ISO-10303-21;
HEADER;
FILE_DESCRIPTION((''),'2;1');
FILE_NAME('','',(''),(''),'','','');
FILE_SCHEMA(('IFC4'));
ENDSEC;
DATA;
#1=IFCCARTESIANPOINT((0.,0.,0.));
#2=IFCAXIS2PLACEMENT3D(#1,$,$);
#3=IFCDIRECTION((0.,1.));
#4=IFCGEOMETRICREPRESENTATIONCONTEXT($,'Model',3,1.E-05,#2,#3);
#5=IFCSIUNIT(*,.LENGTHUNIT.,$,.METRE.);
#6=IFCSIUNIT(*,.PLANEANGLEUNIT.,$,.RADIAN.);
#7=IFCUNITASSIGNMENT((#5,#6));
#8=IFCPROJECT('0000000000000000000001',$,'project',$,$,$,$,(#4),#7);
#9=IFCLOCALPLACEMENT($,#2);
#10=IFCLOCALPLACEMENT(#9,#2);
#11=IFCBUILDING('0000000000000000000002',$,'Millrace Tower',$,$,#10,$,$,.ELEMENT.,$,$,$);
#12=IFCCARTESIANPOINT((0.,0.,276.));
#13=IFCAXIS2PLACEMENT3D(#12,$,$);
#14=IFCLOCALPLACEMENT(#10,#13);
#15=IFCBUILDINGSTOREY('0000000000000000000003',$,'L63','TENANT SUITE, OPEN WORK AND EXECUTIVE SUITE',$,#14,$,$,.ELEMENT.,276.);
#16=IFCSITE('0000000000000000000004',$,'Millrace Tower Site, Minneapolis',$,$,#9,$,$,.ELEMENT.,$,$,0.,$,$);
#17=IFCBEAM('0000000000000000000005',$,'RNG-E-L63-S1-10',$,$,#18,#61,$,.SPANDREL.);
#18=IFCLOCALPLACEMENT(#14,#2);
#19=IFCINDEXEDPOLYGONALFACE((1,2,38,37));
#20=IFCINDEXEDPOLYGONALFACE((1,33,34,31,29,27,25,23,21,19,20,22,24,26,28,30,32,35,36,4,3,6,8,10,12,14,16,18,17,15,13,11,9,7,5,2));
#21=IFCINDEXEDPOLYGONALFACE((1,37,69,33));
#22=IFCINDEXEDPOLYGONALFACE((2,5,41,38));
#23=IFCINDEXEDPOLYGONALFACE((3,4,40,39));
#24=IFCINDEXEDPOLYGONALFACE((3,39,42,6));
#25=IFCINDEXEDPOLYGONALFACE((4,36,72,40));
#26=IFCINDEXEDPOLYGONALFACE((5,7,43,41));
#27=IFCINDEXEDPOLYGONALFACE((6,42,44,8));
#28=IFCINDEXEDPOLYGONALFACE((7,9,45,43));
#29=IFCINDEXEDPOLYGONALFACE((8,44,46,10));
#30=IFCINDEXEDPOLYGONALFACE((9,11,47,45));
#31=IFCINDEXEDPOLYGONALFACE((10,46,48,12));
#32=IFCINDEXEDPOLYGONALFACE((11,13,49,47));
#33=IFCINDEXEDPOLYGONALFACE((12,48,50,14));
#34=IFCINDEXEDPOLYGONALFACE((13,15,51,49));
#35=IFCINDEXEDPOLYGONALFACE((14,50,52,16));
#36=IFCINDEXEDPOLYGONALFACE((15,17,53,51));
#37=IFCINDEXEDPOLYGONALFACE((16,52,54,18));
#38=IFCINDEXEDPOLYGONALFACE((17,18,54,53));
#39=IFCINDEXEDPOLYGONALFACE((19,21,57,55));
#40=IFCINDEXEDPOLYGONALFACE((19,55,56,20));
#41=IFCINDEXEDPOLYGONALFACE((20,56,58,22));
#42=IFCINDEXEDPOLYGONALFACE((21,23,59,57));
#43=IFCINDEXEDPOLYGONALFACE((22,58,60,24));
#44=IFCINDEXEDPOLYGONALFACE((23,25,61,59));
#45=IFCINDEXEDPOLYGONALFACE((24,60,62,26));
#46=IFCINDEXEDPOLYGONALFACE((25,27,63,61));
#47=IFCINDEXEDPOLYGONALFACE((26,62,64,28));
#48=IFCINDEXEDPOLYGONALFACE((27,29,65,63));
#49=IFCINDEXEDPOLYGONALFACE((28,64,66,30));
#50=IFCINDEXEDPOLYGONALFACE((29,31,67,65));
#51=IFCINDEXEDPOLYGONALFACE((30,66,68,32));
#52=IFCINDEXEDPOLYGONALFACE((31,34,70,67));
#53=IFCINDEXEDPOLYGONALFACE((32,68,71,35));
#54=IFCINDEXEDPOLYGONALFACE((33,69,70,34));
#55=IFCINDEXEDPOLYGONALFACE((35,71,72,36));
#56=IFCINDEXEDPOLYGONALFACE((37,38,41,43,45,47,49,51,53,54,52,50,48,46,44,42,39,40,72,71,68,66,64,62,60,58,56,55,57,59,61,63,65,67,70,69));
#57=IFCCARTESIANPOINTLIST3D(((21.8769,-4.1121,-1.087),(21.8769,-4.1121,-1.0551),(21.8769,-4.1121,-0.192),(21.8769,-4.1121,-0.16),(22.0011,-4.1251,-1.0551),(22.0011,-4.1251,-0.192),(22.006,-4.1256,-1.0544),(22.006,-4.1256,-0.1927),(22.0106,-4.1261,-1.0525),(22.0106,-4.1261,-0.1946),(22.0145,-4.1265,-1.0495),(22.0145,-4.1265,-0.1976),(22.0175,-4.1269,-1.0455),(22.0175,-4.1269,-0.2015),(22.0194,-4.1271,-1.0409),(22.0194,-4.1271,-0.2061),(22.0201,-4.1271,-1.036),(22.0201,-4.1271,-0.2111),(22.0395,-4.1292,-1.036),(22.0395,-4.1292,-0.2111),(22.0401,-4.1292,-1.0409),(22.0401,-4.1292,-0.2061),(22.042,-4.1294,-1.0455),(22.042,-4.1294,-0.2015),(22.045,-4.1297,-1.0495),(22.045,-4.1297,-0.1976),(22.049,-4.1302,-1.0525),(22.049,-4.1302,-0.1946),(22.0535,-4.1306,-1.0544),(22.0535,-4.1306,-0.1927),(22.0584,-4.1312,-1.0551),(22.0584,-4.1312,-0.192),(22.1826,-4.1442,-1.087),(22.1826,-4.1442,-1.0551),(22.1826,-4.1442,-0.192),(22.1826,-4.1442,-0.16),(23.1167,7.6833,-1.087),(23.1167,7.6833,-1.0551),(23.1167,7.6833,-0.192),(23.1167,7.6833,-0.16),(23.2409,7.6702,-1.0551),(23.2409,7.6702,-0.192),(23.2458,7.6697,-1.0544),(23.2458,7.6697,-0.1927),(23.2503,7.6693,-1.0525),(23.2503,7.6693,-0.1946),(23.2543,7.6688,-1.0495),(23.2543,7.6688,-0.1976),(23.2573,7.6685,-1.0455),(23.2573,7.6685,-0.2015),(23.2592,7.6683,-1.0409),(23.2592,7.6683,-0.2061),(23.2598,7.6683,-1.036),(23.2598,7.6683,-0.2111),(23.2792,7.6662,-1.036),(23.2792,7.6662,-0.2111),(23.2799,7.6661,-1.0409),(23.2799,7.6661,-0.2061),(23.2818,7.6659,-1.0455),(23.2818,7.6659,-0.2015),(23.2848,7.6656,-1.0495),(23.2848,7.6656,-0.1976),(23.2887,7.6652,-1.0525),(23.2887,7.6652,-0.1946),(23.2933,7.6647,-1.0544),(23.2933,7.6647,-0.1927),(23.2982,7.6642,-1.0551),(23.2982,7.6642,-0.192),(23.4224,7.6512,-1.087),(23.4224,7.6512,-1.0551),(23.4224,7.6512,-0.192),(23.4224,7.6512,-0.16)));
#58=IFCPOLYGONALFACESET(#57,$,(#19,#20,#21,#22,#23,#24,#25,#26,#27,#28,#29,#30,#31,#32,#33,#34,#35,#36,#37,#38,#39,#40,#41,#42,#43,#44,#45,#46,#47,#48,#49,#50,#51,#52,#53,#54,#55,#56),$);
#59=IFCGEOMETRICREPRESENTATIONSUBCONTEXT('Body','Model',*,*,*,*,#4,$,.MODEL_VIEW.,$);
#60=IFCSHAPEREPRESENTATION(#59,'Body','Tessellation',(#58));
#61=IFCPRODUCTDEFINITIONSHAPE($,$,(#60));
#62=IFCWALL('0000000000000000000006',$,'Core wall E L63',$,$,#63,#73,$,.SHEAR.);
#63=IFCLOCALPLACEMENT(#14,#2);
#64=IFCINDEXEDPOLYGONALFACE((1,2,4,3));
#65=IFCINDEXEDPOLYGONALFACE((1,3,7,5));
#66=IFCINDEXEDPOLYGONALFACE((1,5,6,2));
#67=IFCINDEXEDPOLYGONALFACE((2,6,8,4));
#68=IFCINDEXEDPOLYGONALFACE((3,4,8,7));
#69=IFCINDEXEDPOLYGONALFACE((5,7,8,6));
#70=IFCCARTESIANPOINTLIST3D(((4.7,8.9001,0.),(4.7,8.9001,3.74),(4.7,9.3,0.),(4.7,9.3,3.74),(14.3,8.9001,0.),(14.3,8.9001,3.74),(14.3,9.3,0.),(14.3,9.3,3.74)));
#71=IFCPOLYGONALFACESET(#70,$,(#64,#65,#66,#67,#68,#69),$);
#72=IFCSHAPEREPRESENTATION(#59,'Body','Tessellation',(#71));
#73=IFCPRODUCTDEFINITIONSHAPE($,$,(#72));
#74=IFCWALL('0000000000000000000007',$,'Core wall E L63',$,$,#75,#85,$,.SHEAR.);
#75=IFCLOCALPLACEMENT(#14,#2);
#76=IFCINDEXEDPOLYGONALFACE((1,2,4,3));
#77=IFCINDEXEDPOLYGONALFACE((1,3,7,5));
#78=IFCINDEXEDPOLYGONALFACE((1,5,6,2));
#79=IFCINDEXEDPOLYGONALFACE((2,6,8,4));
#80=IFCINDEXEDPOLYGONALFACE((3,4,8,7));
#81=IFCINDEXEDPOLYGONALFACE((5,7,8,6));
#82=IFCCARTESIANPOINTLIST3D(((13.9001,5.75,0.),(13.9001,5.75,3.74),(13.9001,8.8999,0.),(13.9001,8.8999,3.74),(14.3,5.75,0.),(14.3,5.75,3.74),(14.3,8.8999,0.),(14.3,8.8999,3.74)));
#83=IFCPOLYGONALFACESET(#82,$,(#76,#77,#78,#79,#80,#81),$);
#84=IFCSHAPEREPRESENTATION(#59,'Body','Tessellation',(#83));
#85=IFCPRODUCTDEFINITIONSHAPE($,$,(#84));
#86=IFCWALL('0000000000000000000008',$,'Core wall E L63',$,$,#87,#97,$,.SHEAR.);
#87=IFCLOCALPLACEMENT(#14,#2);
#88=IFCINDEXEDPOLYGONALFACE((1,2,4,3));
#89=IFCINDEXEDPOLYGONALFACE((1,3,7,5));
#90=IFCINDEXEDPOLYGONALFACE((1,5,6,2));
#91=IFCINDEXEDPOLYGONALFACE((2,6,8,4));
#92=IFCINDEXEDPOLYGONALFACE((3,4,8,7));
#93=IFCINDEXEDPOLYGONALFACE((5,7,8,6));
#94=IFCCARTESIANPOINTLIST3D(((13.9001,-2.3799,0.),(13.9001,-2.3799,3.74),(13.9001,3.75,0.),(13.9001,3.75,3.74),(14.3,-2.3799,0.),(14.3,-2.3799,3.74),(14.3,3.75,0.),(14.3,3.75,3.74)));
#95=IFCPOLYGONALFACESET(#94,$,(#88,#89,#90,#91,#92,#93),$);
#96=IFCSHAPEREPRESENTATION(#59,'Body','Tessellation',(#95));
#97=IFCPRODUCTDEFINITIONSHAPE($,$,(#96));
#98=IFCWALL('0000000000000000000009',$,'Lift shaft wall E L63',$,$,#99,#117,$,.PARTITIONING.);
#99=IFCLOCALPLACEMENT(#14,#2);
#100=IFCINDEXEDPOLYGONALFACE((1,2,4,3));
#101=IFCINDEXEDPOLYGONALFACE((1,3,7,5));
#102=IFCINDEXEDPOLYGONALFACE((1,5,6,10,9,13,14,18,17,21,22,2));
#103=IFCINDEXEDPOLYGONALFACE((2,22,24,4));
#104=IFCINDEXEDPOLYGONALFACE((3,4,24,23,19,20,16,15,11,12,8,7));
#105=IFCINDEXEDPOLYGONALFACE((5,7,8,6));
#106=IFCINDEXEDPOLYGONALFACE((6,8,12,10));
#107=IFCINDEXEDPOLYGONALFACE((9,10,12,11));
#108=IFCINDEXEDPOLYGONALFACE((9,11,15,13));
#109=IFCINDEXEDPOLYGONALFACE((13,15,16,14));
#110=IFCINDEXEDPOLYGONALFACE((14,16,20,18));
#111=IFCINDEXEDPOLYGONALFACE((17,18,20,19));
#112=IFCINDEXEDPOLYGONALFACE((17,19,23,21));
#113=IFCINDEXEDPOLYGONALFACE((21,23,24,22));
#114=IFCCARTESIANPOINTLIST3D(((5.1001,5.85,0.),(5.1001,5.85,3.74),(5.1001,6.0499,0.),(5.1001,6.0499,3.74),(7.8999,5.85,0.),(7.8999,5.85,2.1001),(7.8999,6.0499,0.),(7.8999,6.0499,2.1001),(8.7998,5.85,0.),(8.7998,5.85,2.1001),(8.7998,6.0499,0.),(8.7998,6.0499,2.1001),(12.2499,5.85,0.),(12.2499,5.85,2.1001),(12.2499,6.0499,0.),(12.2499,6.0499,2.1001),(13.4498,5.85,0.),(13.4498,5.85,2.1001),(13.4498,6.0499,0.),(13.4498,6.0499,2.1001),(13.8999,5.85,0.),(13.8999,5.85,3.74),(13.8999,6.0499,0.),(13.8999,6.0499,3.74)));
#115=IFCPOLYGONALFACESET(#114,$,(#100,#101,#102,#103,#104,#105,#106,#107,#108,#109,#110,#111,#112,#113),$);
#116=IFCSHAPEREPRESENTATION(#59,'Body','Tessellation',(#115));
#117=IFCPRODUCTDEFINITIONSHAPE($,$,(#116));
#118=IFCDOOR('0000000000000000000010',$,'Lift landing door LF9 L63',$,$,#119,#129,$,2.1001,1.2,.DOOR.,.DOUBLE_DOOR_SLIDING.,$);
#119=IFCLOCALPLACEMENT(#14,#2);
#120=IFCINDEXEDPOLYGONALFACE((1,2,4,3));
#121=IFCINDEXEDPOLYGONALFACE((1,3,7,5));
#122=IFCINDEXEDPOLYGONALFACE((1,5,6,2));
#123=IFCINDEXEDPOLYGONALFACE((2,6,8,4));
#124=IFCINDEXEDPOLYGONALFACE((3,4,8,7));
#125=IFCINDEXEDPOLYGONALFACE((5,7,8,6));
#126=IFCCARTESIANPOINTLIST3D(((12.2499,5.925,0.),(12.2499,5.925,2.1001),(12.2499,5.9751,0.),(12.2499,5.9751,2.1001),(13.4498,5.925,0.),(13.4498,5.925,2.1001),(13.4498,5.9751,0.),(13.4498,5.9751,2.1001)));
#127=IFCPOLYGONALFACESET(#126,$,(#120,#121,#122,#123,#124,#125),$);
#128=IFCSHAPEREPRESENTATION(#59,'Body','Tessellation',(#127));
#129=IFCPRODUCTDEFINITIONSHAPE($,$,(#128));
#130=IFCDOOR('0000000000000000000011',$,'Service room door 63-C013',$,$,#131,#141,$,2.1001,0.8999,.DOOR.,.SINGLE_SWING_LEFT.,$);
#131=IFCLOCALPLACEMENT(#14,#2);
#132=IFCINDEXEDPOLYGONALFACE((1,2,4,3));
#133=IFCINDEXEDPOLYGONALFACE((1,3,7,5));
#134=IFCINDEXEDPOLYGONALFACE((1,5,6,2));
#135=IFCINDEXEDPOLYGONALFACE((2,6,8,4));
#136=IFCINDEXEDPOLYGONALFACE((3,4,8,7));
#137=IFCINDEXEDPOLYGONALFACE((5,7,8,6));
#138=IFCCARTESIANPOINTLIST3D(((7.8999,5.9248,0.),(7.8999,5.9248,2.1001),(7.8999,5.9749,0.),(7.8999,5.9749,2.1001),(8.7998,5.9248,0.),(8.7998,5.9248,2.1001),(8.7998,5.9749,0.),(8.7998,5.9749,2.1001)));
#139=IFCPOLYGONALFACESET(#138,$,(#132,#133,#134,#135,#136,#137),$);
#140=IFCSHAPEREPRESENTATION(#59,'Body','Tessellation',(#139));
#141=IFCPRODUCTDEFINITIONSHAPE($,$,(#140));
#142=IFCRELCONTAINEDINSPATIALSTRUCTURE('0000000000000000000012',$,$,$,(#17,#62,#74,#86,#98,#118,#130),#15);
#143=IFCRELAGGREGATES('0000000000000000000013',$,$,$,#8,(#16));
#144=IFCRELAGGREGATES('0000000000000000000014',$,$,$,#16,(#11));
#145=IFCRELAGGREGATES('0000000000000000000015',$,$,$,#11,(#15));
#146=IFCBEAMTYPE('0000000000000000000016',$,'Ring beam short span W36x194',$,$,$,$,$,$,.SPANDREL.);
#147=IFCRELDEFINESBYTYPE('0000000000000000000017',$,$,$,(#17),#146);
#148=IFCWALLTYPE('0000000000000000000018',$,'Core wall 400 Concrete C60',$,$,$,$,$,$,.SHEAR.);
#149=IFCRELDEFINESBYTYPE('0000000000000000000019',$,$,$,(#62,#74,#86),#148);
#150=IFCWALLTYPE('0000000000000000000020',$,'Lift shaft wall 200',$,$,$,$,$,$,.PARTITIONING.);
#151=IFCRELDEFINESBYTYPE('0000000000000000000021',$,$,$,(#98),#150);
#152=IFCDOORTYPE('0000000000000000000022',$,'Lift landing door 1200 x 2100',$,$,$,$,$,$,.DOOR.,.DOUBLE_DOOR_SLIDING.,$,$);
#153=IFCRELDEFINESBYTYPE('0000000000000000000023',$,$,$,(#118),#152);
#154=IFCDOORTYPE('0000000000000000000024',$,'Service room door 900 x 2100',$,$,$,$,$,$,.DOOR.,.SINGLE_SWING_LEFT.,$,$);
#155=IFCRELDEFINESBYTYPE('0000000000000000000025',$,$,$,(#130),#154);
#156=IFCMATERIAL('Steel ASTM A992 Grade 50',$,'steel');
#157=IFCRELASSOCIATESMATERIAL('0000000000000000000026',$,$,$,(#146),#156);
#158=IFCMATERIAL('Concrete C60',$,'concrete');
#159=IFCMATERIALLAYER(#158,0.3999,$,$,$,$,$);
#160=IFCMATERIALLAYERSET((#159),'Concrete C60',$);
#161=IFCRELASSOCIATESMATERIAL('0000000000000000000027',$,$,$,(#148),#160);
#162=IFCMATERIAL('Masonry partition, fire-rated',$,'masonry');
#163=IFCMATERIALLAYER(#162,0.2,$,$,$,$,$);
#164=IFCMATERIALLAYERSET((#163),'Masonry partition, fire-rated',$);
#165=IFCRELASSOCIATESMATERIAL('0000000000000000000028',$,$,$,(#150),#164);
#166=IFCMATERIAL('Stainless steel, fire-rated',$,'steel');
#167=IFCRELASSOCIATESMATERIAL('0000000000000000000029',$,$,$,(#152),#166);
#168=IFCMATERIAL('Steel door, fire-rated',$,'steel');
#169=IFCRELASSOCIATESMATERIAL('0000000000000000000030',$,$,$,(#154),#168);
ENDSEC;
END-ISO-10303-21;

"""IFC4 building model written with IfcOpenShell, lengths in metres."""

from ifc_helpers import new_model, si_unit, direction, frame, frame_2d, origin, origin_2d, place, context, subcontext, project, spatial, rectangle, i_section, extrude, material, layer, layer_set, material_profile, profile_set, type_object, element, fill, save


model = new_model("IFC4")

# Units and contexts
model_context = context("Model", 3, precision=1e-05, world=origin(), true_north=direction((0.0, 1.0)))
body_context = subcontext(model_context, "Body", "Model", "MODEL_VIEW")
ifc_project = project(units=[si_unit("LENGTHUNIT", "METRE"), si_unit("PLANEANGLEUNIT", "RADIAN")], contexts=[model_context])

# Site, building, storey
site_placement = place(None, origin())
site = spatial("IfcSite", under=ifc_project, at=site_placement, Name="Millrace Tower Site, Minneapolis", CompositionType="ELEMENT", RefElevation=0.0)
building_placement = place(site_placement, origin())
building = spatial("IfcBuilding", under=site, at=building_placement, Name="Millrace Tower", CompositionType="ELEMENT")
storey_placement = place(building_placement, frame((0.0, 0.0, 276.0)))
storey = spatial("IfcBuildingStorey", under=building, at=storey_placement, Name="L63", Description="TENANT SUITE, OPEN WORK AND EXECUTIVE SUITE", CompositionType="ELEMENT", Elevation=276.0)

# Beam
ifc_material_1 = material(Name="Steel ASTM A992 Grade 50", Category="steel")
ifc_material_profile_1 = material_profile(ifc_material_1, i_section(OverallWidth=0.3074, OverallDepth=0.927, WebThickness=0.0195, FlangeThickness=0.032, FilletRadius=0.019, at=origin_2d()))
ifc_profile_set_1 = profile_set([ifc_material_profile_1], Name="Steel ASTM A992 Grade 50")
beam_type_1 = type_object("IfcBeamType", Name="Ring beam short span W36x194", PredefinedType="SPANDREL", material=ifc_profile_set_1)
beam_1_placement = place(storey_placement, frame((23.2695, 7.6672, -0.6235), z_axis=(-0.104528, -0.994522, 0.0), x_axis=(0.994522, -0.104528, 0.0)))
element("IfcBeam", 1, at=beam_1_placement, inside=storey, type_object=beam_type_1, Name="RNG-E-L63-S1-10", PredefinedType="SPANDREL", context=body_context, shape_type="SweptSolid", body=[
    extrude(i_section(OverallWidth=0.3074, OverallDepth=0.927, WebThickness=0.0195, FlangeThickness=0.032, FilletRadius=0.019, at=origin_2d()), origin(), (0.0, 0.0, 1.0), 11.8604),
])

# Walls
ifc_material_2 = material(Name="Concrete C60", Category="concrete")
ifc_layer_1 = layer(ifc_material_2, 0.3999)
ifc_layer_set_1 = layer_set([ifc_layer_1], Name="Concrete C60")
wall_type_1 = type_object("IfcWallType", Name="Core wall 400 Concrete C60", PredefinedType="SHEAR", material=ifc_layer_set_1)
wall_1_placement = place(storey_placement, frame((14.3, 9.1001, 0.0), z_axis=(0.0, 0.0, 1.0), x_axis=(-1.0, 0.0, 0.0)))
element("IfcWall", 2, at=wall_1_placement, inside=storey, type_object=wall_type_1, Name="Core wall E L63", PredefinedType="SHEAR", context=body_context, shape_type="SweptSolid", body=[
    extrude(rectangle(XDim=9.6001, YDim=0.3999, at=frame_2d((4.8, 0.0))), origin(), (0.0, 0.0, 1.0), 3.74),
])
wall_2_placement = place(storey_placement, frame((14.1001, 8.8999, 0.0), z_axis=(0.0, 0.0, 1.0), x_axis=(0.0, -1.0, 0.0)))
element("IfcWall", 3, at=wall_2_placement, inside=storey, type_object=wall_type_1, Name="Core wall E L63", PredefinedType="SHEAR", context=body_context, shape_type="SweptSolid", body=[
    extrude(rectangle(XDim=3.1499, YDim=0.3999, at=frame_2d((1.575, 0.0))), origin(), (0.0, 0.0, 1.0), 3.74),
])
wall_3_placement = place(storey_placement, frame((14.1001, 3.75, 0.0), z_axis=(0.0, 0.0, 1.0), x_axis=(0.0, -1.0, 0.0)))
element("IfcWall", 4, at=wall_3_placement, inside=storey, type_object=wall_type_1, Name="Core wall E L63", PredefinedType="SHEAR", context=body_context, shape_type="SweptSolid", body=[
    extrude(rectangle(XDim=6.1299, YDim=0.3999, at=frame_2d((3.0649, 0.0))), origin(), (0.0, 0.0, 1.0), 3.74),
])

# Wall, openings, doors
ifc_material_3 = material(Name="Masonry partition, fire-rated", Category="masonry")
ifc_layer_2 = layer(ifc_material_3, 0.2)
ifc_layer_set_2 = layer_set([ifc_layer_2], Name="Masonry partition, fire-rated")
wall_type_2 = type_object("IfcWallType", Name="Lift shaft wall 200", PredefinedType="PARTITIONING", material=ifc_layer_set_2)
wall_4_placement = place(storey_placement, frame((13.8999, 5.95, 0.0), z_axis=(0.0, 0.0, 1.0), x_axis=(-1.0, 0.0, 0.0)))
wall_4 = element("IfcWall", 5, at=wall_4_placement, inside=storey, type_object=wall_type_2, Name="Lift shaft wall E L63", PredefinedType="PARTITIONING", context=body_context, shape_type="SweptSolid", body=[
    extrude(rectangle(XDim=8.7998, YDim=0.2, at=frame_2d((4.3999, 0.0))), origin(), (0.0, 0.0, 1.0), 3.74),
])
opening_1_placement = place(wall_4_placement, frame((0.45, 0.0, 0.0)))
opening_1 = element("IfcOpeningElement", 6, at=opening_1_placement, cuts=wall_4, PredefinedType="OPENING", context=body_context, shape_type="SweptSolid", body=[
    extrude(rectangle(XDim=1.2, YDim=2.1001, at=frame_2d((0.6001, 1.05))), frame((0.0, 0.1099, 0.0), z_axis=(0.0, -1.0, 0.0), x_axis=(1.0, 0.0, 0.0)), (0.0, 0.0, 1.0), 0.22),
])
opening_2_placement = place(wall_4_placement, frame((5.1001, 0.0, 0.0)))
opening_2 = element("IfcOpeningElement", 7, at=opening_2_placement, cuts=wall_4, PredefinedType="OPENING", context=body_context, shape_type="SweptSolid", body=[
    extrude(rectangle(XDim=0.8999, YDim=2.1001, at=frame_2d((0.45, 1.05))), frame((0.0, 0.1099, 0.0), z_axis=(0.0, -1.0, 0.0), x_axis=(1.0, 0.0, 0.0)), (0.0, 0.0, 1.0), 0.22),
])
ifc_material_4 = material(Name="Stainless steel, fire-rated", Category="steel")
door_type_1 = type_object("IfcDoorType", Name="Lift landing door 1200 x 2100", OperationType="DOUBLE_DOOR_SLIDING", PredefinedType="DOOR", material=ifc_material_4)
door_1_placement = place(opening_1_placement, origin())
door_1 = element("IfcDoor", 8, at=door_1_placement, inside=storey, type_object=door_type_1, Name="Lift landing door LF9 L63", OperationType="DOUBLE_DOOR_SLIDING", OverallHeight=2.1001, OverallWidth=1.2, PredefinedType="DOOR", context=body_context, shape_type="SweptSolid", body=[
    extrude(rectangle(XDim=1.2, YDim=2.1001, at=frame_2d((0.6001, 1.05))), frame((0.0, 0.0249, 0.0), z_axis=(0.0, -1.0, 0.0), x_axis=(1.0, 0.0, 0.0)), (0.0, 0.0, 1.0), 0.05),
])
fill(opening_1, door_1)
ifc_material_5 = material(Name="Steel door, fire-rated", Category="steel")
door_type_2 = type_object("IfcDoorType", Name="Service room door 900 x 2100", OperationType="SINGLE_SWING_LEFT", PredefinedType="DOOR", material=ifc_material_5)
door_2_placement = place(opening_2_placement, frame((0.8999, 0.0, 0.0), z_axis=(0.0, 0.0, 1.0), x_axis=(-1.0, 0.0, 0.0)))
door_2 = element("IfcDoor", 9, at=door_2_placement, inside=storey, type_object=door_type_2, Name="Service room door 63-C013", OperationType="SINGLE_SWING_LEFT", OverallHeight=2.1001, OverallWidth=0.8999, PredefinedType="DOOR", context=body_context, shape_type="SweptSolid", body=[
    extrude(rectangle(XDim=0.8999, YDim=2.1001, at=frame_2d((0.45, 1.05))), frame((0.0, 0.0249, 0.0), z_axis=(0.0, -1.0, 0.0), x_axis=(1.0, 0.0, 0.0)), (0.0, 0.0, 1.0), 0.05),
])
fill(opening_2, door_2)

save(model, "model.ifc")
